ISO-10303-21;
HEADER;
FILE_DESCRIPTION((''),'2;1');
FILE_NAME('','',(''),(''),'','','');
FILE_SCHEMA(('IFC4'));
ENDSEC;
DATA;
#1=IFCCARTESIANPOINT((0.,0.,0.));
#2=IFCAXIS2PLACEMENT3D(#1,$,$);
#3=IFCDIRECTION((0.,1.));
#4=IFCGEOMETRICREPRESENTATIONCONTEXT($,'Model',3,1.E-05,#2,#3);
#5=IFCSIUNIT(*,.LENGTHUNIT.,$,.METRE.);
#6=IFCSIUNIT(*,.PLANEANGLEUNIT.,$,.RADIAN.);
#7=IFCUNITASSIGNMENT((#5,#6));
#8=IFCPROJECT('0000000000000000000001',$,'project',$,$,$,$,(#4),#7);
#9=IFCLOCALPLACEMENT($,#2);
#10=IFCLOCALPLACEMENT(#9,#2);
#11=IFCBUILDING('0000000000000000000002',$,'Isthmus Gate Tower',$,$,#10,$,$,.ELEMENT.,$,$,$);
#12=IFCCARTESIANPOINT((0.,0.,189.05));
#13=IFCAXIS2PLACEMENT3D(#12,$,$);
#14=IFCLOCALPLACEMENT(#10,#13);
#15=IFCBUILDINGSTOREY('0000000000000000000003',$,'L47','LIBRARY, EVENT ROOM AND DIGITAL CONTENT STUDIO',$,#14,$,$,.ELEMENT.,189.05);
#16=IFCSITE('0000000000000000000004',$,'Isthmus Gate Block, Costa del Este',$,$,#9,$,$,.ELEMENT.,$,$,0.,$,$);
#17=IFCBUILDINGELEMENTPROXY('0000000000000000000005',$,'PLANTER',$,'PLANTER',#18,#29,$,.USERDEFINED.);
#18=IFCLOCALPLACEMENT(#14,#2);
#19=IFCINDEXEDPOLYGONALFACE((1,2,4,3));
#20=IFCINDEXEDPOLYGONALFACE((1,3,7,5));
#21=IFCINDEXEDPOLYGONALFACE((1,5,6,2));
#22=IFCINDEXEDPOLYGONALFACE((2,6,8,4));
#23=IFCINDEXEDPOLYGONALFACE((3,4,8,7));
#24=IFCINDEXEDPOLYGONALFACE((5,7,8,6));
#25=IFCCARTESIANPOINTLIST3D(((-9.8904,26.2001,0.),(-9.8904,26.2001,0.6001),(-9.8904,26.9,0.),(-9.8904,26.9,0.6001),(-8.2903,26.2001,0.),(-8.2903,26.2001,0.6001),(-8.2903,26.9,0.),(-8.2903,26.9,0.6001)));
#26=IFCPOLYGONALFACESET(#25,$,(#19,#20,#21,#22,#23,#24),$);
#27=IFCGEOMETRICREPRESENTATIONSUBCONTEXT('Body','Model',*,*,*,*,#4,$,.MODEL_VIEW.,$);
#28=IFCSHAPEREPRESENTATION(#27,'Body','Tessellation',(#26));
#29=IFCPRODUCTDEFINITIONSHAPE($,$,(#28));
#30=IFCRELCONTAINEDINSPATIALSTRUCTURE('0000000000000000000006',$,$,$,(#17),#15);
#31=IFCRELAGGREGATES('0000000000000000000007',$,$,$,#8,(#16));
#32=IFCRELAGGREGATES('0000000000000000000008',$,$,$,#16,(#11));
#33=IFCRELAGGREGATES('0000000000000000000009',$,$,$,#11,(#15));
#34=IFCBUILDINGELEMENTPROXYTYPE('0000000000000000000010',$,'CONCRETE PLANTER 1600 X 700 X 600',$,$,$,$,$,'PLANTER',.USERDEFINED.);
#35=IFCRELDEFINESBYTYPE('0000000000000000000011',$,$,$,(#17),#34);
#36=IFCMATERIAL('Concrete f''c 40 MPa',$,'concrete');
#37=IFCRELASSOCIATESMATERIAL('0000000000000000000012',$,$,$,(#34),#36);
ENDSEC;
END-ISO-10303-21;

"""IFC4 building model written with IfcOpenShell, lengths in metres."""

from ifc_helpers import new_model, si_unit, direction, frame, origin, origin_2d, place, context, subcontext, project, spatial, rectangle, extrude, material, type_object, element, save


model = new_model("IFC4")

# Units and contexts
model_context = context("Model", 3, precision=1e-05, world=origin(), true_north=direction((0.0, 1.0)))
body_context = subcontext(model_context, "Body", "Model", "MODEL_VIEW")
ifc_project = project(units=[si_unit("LENGTHUNIT", "METRE"), si_unit("PLANEANGLEUNIT", "RADIAN")], contexts=[model_context])

# Site, building, storey
site_placement = place(None, origin())
site = spatial("IfcSite", under=ifc_project, at=site_placement, Name="Isthmus Gate Block, Costa del Este", CompositionType="ELEMENT", RefElevation=0.0)
building_placement = place(site_placement, origin())
building = spatial("IfcBuilding", under=site, at=building_placement, Name="Isthmus Gate Tower", CompositionType="ELEMENT")
storey_placement = place(building_placement, frame((0.0, 0.0, 189.05)))
storey = spatial("IfcBuildingStorey", under=building, at=storey_placement, Name="L47", Description="LIBRARY, EVENT ROOM AND DIGITAL CONTENT STUDIO", CompositionType="ELEMENT", Elevation=189.05)

# Building element proxy
ifc_material_1 = material(Name="Concrete f'c 40 MPa", Category="concrete")
building_element_proxy_type = type_object("IfcBuildingElementProxyType", Name="CONCRETE PLANTER 1600 X 700 X 600", ElementType="PLANTER", PredefinedType="USERDEFINED", material=ifc_material_1)
for number, where, z_axis, x_axis, name in (
    (1, (-9.0903, 26.55, 0.0), (0.0, 0.0, 1.0), (-1.0, 0.0, 0.0), "PLANTER"),
):
    element("IfcBuildingElementProxy", number, at=place(storey_placement, frame(where, z_axis=z_axis, x_axis=x_axis)), inside=storey, type_object=building_element_proxy_type, Name=name, ObjectType="PLANTER", PredefinedType="USERDEFINED", context=body_context, shape_type="SweptSolid", body=[
        extrude(rectangle(XDim=1.6001, YDim=0.7, at=origin_2d()), origin(), (0.0, 0.0, 1.0), 0.6001),
    ])

save(model, "model.ifc")
